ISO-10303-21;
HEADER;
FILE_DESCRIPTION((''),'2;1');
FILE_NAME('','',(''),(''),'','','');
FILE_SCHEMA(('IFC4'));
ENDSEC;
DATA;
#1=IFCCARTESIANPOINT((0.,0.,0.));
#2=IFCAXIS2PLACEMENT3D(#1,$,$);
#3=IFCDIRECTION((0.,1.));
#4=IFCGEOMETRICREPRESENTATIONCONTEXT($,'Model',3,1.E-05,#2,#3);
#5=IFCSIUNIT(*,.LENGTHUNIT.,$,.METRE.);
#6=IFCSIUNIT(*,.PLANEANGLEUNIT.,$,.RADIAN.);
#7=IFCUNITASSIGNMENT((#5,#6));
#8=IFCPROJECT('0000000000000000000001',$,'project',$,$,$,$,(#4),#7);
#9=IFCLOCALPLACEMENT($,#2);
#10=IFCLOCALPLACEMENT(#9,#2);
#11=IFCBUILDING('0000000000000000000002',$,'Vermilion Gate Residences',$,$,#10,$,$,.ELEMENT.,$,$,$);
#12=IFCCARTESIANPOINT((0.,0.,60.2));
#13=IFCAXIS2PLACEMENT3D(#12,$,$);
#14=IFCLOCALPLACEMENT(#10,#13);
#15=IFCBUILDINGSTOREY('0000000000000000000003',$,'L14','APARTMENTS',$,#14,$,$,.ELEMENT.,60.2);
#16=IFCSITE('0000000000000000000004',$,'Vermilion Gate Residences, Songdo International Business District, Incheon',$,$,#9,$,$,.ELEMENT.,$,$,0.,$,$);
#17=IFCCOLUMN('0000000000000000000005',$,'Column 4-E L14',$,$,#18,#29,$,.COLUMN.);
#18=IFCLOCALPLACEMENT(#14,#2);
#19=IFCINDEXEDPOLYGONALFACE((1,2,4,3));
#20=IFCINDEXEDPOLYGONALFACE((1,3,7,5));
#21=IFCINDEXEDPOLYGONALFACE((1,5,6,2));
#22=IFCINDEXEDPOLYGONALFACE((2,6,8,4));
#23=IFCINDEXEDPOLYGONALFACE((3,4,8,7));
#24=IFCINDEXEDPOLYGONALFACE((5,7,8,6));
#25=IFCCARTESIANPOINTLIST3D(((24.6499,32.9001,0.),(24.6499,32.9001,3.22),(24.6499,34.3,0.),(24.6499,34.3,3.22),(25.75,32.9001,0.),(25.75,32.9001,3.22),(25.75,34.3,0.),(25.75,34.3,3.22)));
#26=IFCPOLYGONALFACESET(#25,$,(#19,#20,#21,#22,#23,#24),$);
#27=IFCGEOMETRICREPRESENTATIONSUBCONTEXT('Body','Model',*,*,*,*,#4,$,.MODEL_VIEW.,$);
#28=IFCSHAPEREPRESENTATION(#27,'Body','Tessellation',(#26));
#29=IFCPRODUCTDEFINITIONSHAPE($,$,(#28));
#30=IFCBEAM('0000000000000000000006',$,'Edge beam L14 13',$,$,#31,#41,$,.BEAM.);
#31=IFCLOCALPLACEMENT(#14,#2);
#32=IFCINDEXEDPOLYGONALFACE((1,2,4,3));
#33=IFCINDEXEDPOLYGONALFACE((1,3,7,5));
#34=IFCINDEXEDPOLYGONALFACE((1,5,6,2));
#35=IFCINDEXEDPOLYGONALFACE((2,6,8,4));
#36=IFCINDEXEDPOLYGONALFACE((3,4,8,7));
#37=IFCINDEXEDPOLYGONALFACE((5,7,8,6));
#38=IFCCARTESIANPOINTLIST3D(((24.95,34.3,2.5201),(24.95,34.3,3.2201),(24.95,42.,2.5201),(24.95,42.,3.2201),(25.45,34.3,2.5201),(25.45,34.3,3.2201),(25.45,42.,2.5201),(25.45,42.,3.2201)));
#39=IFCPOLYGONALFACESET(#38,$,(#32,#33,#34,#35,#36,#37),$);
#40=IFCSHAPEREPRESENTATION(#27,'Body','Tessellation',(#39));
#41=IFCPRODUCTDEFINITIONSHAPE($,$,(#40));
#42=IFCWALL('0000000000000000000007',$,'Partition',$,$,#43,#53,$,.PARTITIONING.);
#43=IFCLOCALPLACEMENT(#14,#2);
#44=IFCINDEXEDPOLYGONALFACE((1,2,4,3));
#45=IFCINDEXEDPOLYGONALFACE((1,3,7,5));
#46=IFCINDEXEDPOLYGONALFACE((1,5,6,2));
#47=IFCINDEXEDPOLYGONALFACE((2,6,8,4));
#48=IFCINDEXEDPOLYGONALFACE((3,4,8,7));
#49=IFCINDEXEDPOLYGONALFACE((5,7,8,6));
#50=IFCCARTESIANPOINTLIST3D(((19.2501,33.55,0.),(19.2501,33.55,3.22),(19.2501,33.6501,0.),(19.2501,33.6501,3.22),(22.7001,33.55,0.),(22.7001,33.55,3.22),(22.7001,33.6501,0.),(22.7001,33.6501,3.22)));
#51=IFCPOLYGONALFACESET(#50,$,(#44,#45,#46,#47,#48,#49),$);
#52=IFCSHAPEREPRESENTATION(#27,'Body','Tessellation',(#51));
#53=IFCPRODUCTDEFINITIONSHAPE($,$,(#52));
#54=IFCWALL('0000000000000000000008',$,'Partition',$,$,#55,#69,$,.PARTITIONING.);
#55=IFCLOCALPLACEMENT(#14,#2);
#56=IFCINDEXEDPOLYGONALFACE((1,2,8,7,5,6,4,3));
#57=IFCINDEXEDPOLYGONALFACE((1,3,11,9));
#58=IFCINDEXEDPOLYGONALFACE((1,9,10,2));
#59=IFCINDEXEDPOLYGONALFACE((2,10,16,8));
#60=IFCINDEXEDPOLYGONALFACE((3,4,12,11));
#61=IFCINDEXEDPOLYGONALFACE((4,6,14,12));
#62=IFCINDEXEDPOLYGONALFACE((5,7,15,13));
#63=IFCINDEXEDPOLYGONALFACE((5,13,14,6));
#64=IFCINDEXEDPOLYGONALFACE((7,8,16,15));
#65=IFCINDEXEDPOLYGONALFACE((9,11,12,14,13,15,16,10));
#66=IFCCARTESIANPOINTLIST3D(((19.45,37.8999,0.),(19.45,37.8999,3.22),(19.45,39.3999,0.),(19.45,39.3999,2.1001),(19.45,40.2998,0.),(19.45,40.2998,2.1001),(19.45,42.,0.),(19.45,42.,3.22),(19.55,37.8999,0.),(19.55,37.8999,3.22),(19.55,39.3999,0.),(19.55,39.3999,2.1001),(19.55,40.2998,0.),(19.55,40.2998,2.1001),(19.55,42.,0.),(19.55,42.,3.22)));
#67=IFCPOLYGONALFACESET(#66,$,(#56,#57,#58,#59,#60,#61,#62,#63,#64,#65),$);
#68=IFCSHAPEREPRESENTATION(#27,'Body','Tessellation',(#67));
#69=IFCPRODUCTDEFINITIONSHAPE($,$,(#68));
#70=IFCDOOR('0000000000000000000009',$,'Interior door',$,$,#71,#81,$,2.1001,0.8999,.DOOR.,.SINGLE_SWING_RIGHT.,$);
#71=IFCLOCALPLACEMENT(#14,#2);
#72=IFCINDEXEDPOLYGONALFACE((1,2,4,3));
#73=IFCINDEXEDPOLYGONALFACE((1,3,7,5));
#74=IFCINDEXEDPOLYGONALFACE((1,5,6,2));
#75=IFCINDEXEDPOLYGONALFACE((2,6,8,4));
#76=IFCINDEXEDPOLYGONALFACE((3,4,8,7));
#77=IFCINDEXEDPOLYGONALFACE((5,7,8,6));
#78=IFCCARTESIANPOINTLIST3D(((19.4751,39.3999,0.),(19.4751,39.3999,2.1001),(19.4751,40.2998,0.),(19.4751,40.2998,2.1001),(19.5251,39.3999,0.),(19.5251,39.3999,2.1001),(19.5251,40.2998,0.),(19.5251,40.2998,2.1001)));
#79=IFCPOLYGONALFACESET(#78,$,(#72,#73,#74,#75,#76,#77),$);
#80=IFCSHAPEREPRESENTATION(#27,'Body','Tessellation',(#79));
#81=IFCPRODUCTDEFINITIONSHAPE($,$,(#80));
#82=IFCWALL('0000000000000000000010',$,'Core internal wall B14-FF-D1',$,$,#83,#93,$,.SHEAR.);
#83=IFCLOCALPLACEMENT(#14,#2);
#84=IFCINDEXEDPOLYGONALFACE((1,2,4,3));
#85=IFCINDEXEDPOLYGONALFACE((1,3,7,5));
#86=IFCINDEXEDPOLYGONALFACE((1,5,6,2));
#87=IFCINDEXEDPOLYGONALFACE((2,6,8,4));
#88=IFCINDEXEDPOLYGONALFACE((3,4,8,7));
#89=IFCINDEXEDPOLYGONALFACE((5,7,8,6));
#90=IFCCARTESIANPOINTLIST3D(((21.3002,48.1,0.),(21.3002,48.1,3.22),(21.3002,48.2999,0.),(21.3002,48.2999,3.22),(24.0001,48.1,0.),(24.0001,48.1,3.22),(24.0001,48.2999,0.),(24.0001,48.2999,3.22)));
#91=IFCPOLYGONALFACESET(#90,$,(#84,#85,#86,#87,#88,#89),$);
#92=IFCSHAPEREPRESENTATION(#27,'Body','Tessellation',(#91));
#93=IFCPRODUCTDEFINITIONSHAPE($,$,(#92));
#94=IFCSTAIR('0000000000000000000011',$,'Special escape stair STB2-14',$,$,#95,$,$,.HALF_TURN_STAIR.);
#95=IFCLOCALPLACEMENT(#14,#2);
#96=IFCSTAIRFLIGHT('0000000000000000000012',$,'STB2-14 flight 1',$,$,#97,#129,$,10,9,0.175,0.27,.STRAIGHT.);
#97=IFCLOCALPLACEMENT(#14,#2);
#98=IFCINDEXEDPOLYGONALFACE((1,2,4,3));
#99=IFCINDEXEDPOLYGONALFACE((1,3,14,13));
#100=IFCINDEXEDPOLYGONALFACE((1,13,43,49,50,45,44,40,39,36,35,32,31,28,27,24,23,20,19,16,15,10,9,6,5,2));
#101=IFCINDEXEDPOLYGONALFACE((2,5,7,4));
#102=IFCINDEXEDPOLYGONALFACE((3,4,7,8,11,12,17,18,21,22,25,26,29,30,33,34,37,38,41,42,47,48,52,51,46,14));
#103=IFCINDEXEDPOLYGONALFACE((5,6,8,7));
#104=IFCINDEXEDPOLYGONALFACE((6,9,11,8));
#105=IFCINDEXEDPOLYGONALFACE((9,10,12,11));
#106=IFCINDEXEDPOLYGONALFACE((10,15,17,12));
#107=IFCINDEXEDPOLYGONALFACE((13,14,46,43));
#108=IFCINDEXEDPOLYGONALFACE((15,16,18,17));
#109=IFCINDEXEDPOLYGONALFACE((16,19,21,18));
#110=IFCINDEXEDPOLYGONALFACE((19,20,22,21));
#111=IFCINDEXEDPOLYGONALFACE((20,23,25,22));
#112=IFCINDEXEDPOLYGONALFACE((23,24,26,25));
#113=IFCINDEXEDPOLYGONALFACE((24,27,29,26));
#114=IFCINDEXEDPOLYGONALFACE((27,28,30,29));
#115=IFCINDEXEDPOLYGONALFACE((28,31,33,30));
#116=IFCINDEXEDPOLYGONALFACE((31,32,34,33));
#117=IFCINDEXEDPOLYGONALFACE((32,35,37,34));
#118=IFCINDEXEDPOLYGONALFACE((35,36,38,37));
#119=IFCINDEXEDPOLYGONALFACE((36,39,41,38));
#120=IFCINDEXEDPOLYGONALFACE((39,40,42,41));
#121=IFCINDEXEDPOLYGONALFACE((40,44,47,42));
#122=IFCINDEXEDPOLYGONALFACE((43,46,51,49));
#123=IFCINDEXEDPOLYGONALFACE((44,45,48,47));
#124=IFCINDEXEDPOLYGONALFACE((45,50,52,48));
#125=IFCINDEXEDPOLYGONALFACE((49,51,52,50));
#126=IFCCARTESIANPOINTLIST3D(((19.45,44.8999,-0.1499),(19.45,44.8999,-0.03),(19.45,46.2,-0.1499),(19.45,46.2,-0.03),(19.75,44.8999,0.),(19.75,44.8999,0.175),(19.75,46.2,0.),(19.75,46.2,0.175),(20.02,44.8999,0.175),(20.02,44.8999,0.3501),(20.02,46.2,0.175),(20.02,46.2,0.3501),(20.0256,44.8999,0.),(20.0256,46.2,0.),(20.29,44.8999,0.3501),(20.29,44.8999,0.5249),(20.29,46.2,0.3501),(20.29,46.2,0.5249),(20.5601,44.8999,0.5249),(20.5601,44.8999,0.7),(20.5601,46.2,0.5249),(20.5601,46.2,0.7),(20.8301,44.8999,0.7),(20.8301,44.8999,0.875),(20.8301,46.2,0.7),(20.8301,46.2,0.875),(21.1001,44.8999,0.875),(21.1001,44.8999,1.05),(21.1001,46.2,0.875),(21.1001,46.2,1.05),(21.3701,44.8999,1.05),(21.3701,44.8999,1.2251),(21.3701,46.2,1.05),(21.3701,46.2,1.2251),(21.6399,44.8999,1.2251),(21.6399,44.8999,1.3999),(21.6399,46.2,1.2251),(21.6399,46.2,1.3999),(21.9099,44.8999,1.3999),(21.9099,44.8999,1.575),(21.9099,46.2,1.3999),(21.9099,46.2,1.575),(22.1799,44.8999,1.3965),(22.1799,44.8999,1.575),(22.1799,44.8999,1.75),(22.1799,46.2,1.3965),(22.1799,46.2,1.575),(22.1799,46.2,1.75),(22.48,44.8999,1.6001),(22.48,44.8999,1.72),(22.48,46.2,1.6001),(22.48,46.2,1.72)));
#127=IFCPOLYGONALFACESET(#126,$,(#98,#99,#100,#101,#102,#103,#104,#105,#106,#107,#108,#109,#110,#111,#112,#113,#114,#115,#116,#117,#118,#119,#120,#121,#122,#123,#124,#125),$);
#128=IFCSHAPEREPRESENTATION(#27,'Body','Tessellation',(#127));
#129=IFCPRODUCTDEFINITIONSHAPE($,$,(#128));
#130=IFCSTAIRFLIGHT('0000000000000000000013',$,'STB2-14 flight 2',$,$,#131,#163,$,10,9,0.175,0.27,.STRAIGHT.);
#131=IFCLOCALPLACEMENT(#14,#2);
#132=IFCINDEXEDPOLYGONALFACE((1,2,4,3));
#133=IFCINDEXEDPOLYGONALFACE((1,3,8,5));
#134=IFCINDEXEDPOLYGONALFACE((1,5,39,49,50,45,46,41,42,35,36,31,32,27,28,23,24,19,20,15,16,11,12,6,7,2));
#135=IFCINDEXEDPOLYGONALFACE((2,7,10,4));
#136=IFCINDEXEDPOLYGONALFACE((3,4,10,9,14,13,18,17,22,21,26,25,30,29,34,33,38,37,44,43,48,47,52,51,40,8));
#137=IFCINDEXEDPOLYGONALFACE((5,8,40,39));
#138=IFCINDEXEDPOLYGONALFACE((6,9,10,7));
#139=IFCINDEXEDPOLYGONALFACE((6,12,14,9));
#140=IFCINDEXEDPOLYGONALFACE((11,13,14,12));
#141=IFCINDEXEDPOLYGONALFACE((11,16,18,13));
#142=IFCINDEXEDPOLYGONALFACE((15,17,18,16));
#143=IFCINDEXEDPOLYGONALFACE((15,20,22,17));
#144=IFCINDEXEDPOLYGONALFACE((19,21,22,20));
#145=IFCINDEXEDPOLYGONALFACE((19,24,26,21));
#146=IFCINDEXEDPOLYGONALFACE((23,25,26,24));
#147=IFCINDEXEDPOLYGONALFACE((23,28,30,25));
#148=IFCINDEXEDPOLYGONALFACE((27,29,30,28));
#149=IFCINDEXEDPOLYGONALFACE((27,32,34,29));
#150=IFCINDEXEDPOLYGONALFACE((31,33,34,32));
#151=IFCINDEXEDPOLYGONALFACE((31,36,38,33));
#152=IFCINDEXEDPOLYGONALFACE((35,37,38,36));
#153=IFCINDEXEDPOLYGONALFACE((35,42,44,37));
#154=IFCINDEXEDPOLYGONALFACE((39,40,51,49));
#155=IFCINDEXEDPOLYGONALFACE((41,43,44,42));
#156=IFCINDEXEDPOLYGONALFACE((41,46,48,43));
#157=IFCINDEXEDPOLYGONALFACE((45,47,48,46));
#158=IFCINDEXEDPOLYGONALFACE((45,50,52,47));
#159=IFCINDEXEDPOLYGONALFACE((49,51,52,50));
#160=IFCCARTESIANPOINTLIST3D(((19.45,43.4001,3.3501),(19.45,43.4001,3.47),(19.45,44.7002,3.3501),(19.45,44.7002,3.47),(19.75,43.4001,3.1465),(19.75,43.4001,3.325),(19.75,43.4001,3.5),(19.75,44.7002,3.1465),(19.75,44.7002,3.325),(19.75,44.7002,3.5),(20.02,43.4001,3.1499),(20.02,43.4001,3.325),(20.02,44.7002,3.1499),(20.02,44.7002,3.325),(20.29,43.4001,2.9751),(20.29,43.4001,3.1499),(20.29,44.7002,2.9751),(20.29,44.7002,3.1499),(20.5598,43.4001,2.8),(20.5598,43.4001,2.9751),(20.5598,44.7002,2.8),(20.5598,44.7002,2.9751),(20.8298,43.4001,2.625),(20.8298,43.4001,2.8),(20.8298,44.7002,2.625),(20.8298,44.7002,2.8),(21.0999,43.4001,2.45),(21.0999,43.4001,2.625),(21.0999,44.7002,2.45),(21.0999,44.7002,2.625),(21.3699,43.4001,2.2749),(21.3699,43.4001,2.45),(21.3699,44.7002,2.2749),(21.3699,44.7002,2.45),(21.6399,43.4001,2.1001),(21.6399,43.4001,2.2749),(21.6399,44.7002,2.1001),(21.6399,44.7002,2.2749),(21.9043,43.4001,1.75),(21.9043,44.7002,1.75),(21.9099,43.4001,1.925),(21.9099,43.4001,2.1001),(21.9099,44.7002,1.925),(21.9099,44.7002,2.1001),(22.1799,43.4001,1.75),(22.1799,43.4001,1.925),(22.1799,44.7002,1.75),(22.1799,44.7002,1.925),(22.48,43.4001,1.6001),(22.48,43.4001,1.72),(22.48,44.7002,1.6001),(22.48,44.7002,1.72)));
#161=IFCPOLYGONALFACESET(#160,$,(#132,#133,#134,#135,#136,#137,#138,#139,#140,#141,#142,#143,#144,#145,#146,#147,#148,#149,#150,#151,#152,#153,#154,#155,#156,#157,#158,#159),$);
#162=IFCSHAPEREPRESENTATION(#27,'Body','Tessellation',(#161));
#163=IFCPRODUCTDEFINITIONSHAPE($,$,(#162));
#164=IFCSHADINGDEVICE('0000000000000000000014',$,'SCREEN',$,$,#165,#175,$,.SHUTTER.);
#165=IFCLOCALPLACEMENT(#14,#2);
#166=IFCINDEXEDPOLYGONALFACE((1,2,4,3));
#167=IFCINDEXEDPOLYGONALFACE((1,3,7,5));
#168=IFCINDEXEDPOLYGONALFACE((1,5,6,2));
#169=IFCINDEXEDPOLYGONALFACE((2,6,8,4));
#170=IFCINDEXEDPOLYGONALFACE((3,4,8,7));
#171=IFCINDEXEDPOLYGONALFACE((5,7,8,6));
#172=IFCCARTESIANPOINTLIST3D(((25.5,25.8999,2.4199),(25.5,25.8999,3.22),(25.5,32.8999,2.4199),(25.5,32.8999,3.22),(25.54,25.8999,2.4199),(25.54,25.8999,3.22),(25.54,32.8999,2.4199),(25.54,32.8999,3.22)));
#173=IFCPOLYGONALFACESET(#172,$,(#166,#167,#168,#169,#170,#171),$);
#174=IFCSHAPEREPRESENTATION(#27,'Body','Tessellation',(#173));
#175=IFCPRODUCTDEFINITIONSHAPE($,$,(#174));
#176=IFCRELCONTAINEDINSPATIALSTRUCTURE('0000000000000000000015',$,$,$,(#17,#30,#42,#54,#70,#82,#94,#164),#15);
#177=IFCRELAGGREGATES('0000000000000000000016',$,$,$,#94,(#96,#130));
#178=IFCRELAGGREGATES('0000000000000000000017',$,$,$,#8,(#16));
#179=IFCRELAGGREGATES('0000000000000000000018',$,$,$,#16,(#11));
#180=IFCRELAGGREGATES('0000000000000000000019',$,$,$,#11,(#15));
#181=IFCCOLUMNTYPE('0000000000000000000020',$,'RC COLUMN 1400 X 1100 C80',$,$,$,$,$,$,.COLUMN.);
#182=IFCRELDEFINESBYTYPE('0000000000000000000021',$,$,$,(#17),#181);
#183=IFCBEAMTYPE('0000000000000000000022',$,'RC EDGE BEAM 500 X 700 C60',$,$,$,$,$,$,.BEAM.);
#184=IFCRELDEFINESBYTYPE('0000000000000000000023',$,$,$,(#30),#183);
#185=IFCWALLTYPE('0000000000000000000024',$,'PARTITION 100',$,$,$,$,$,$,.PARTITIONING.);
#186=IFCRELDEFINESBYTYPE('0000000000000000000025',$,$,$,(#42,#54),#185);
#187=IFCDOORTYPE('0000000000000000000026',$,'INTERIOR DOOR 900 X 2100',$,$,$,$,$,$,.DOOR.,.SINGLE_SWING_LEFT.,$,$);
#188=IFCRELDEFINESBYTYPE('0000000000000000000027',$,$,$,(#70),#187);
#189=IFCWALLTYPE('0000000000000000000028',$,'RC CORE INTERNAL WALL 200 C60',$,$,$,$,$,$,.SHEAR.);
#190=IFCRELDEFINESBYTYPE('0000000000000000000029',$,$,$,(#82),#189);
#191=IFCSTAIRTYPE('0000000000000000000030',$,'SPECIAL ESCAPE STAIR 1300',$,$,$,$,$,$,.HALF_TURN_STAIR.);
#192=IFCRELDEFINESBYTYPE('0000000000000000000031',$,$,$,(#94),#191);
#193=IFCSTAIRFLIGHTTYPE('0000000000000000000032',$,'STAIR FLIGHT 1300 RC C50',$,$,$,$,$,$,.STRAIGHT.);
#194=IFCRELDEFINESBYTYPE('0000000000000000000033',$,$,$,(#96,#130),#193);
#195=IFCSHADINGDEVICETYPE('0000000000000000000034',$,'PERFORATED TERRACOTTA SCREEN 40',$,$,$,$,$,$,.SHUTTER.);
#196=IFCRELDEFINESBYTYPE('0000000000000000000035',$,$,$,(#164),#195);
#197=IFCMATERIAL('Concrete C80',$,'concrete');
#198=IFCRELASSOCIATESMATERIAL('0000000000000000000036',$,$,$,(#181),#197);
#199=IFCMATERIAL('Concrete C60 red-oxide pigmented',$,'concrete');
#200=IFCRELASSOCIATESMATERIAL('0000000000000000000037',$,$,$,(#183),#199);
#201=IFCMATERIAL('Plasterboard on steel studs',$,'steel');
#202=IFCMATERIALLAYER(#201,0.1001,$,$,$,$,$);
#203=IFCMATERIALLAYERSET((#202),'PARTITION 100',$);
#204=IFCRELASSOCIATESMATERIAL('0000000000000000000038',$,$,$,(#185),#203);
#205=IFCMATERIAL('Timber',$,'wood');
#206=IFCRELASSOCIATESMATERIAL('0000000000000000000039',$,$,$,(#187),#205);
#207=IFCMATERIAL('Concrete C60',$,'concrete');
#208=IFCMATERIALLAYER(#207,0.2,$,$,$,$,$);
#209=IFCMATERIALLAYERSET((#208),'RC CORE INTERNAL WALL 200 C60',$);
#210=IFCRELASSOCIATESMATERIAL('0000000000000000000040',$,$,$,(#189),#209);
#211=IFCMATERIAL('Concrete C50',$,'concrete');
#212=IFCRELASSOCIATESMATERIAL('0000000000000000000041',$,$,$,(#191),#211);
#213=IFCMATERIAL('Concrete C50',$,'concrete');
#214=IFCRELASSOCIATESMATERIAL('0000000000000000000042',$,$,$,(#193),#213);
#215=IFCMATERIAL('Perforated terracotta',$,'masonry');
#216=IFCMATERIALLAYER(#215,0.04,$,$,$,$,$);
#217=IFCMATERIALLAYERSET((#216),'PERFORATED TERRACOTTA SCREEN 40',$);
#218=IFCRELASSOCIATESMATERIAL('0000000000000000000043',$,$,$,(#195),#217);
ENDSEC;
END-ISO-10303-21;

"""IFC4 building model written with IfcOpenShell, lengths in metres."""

from ifc_helpers import new_model, si_unit, direction, frame, frame_2d, origin, origin_2d, place, context, subcontext, project, spatial, polyline, rectangle, outline, extrude, material, layer, layer_set, material_profile, profile_set, type_object, element, fill, aggregate, save


model = new_model("IFC4")

# Units and contexts
model_context = context("Model", 3, precision=1e-05, world=origin(), true_north=direction((0.0, 1.0)))
body_context = subcontext(model_context, "Body", "Model", "MODEL_VIEW")
ifc_project = project(units=[si_unit("LENGTHUNIT", "METRE"), si_unit("PLANEANGLEUNIT", "RADIAN")], contexts=[model_context])

# Site, building, storey
site_placement = place(None, origin())
site = spatial("IfcSite", under=ifc_project, at=site_placement, Name="Vermilion Gate Residences, Songdo International Business District, Incheon", CompositionType="ELEMENT", RefElevation=0.0)
building_placement = place(site_placement, origin())
building = spatial("IfcBuilding", under=site, at=building_placement, Name="Vermilion Gate Residences", CompositionType="ELEMENT")
storey_placement = place(building_placement, frame((0.0, 0.0, 60.2)))
storey = spatial("IfcBuildingStorey", under=building, at=storey_placement, Name="L14", Description="APARTMENTS", CompositionType="ELEMENT", Elevation=60.2)

# Column
ifc_material_1 = material(Name="Concrete C80", Category="concrete")
ifc_material_profile_1 = material_profile(ifc_material_1, rectangle(XDim=1.3999, YDim=1.1001, at=origin_2d()), Name="RC-1400x1100")
ifc_profile_set_1 = profile_set([ifc_material_profile_1], Name="Concrete C80")
column_type = type_object("IfcColumnType", Name="RC COLUMN 1400 X 1100 C80", PredefinedType="COLUMN", material=ifc_profile_set_1)
column_placement = place(storey_placement, frame((25.2, 33.6001, 0.0), z_axis=(0.0, 0.0, 1.0), x_axis=(0.0, 1.0, 0.0)))
element("IfcColumn", 1, at=column_placement, inside=storey, type_object=column_type, Name="Column 4-E L14", PredefinedType="COLUMN", context=body_context, shape_type="SweptSolid", body=[
    extrude(rectangle(XDim=1.3999, YDim=1.1001, at=origin_2d()), origin(), (0.0, 0.0, 1.0), 3.22),
])

# Beam
ifc_material_2 = material(Name="Concrete C60 red-oxide pigmented", Category="concrete")
ifc_material_profile_2 = material_profile(ifc_material_2, rectangle(XDim=0.5, YDim=0.7, at=origin_2d()), Name="RC-500x700")
ifc_profile_set_2 = profile_set([ifc_material_profile_2], Name="Concrete C60 red-oxide pigmented")
beam_type = type_object("IfcBeamType", Name="RC EDGE BEAM 500 X 700 C60", PredefinedType="BEAM", material=ifc_profile_set_2)
beam_placement = place(storey_placement, frame((25.2, 34.3, 2.8701), z_axis=(0.0, 1.0, 0.0), x_axis=(-1.0, 0.0, 0.0)))
element("IfcBeam", 2, at=beam_placement, inside=storey, type_object=beam_type, Name="Edge beam L14 13", PredefinedType="BEAM", context=body_context, shape_type="SweptSolid", body=[
    extrude(rectangle(XDim=0.5, YDim=0.7, at=origin_2d()), origin(), (0.0, 0.0, 1.0), 7.7),
])

# Wall
ifc_material_3 = material(Name="Plasterboard on steel studs", Category="steel")
ifc_layer_1 = layer(ifc_material_3, 0.1001)
ifc_layer_set_1 = layer_set([ifc_layer_1], Name="PARTITION 100")
wall_type_1 = type_object("IfcWallType", Name="PARTITION 100", PredefinedType="PARTITIONING", material=ifc_layer_set_1)
wall_1_placement = place(storey_placement, frame((19.25, 33.6001, 0.0), z_axis=(0.0, 0.0, 1.0), x_axis=(1.0, 0.0, 0.0)))
element("IfcWall", 3, at=wall_1_placement, inside=storey, type_object=wall_type_1, Name="Partition", PredefinedType="PARTITIONING", context=body_context, shape_type="SweptSolid", body=[
    extrude(rectangle(XDim=3.45, YDim=0.1001, at=frame_2d((1.7251, 0.0))), origin(), (0.0, 0.0, 1.0), 3.22),
])

# Wall, opening, door
wall_2_placement = place(storey_placement, frame((19.5, 37.8999, 0.0), z_axis=(0.0, 0.0, 1.0), x_axis=(0.0, 1.0, 0.0)))
wall_2 = element("IfcWall", 4, at=wall_2_placement, inside=storey, type_object=wall_type_1, Name="Partition", PredefinedType="PARTITIONING", context=body_context, shape_type="SweptSolid", body=[
    extrude(rectangle(XDim=4.1001, YDim=0.1001, at=frame_2d((2.05, 0.0))), origin(), (0.0, 0.0, 1.0), 3.22),
])
opening_placement = place(wall_2_placement, frame((1.5, 0.0, 0.0)))
opening = element("IfcOpeningElement", 5, at=opening_placement, cuts=wall_2, PredefinedType="OPENING", context=body_context, shape_type="SweptSolid", body=[
    extrude(rectangle(XDim=0.8999, YDim=2.1001, at=frame_2d((0.45, 1.05))), frame((0.0, 0.0601, 0.0), z_axis=(0.0, -1.0, 0.0), x_axis=(1.0, 0.0, 0.0)), (0.0, 0.0, 1.0), 0.1201),
])
ifc_material_4 = material(Name="Timber", Category="wood")
door_type = type_object("IfcDoorType", Name="INTERIOR DOOR 900 X 2100", OperationType="SINGLE_SWING_LEFT", PredefinedType="DOOR", material=ifc_material_4)
door_placement = place(opening_placement, origin())
door = element("IfcDoor", 6, at=door_placement, inside=storey, type_object=door_type, Name="Interior door", OperationType="SINGLE_SWING_RIGHT", OverallHeight=2.1001, OverallWidth=0.8999, PredefinedType="DOOR", context=body_context, shape_type="SweptSolid", body=[
    extrude(rectangle(XDim=0.8999, YDim=2.1001, at=frame_2d((0.45, 1.05))), frame((0.0, 0.0249, 0.0), z_axis=(0.0, -1.0, 0.0), x_axis=(1.0, 0.0, 0.0)), (0.0, 0.0, 1.0), 0.05),
])
fill(opening, door)

# Wall
ifc_material_5 = material(Name="Concrete C60", Category="concrete")
ifc_layer_2 = layer(ifc_material_5, 0.2)
ifc_layer_set_2 = layer_set([ifc_layer_2], Name="RC CORE INTERNAL WALL 200 C60")
wall_type_2 = type_object("IfcWallType", Name="RC CORE INTERNAL WALL 200 C60", PredefinedType="SHEAR", material=ifc_layer_set_2)
wall_3_placement = place(storey_placement, frame((21.3, 48.2, 0.0), z_axis=(0.0, 0.0, 1.0), x_axis=(1.0, 0.0, 0.0)))
element("IfcWall", 7, at=wall_3_placement, inside=storey, type_object=wall_type_2, Name="Core internal wall B14-FF-D1", PredefinedType="SHEAR", context=body_context, shape_type="SweptSolid", body=[
    extrude(rectangle(XDim=2.7, YDim=0.2, at=frame_2d((1.3501, 0.0))), origin(), (0.0, 0.0, 1.0), 3.22),
])

# Stair, stair flights
ifc_material_6 = material(Name="Concrete C50", Category="concrete")
stair_type = type_object("IfcStairType", Name="SPECIAL ESCAPE STAIR 1300", PredefinedType="HALF_TURN_STAIR", material=ifc_material_6)
stair_placement = place(storey_placement, origin())
stair = element("IfcStair", 8, at=stair_placement, inside=storey, type_object=stair_type, Name="Special escape stair STB2-14", PredefinedType="HALF_TURN_STAIR")
ifc_material_7 = material(Name="Concrete C50", Category="concrete")
stair_flight_type = type_object("IfcStairFlightType", Name="STAIR FLIGHT 1300 RC C50", PredefinedType="STRAIGHT", material=ifc_material_7)
stair_flight_1_placement = place(storey_placement, frame((19.75, 45.55, 0.0), z_axis=(0.0, 0.0, 1.0), x_axis=(1.0, 0.0, 0.0)))
stair_flight_1 = element("IfcStairFlight", 9, at=stair_flight_1_placement, type_object=stair_flight_type, Name="STB2-14 flight 1", NumberOfRisers=10, NumberOfTreads=9, PredefinedType="STRAIGHT", RiserHeight=0.175, TreadLength=0.27, context=body_context, shape_type="SweptSolid", body=[
    extrude(outline(polyline([(-0.3, -0.1499), (-0.3, -0.03), (0.0, 0.0), (0.0, 0.175), (0.27, 0.175), (0.27, 0.3501), (0.54, 0.3501), (0.54, 0.5249), (0.8101, 0.5249), (0.8101, 0.7), (1.0801, 0.7), (1.0801, 0.875), (1.3501, 0.875), (1.3501, 1.05), (1.6201, 1.05), (1.6201, 1.2251), (1.8899, 1.2251), (1.8899, 1.3999), (2.1599, 1.3999), (2.1599, 1.575), (2.4299, 1.575), (2.4299, 1.75), (2.73, 1.72), (2.73, 1.6001), (2.4299, 1.3965), (0.2756, 0.0), (-0.3, -0.1499)])), frame((0.0, 0.6499, 0.0), z_axis=(0.0, -1.0, 0.0), x_axis=(1.0, 0.0, 0.0)), (0.0, 0.0, 1.0), 1.3),
])
stair_flight_2_placement = place(storey_placement, frame((22.1799, 44.05, 1.75), z_axis=(0.0, 0.0, 1.0), x_axis=(-1.0, 0.0, 0.0)))
stair_flight_2 = element("IfcStairFlight", 10, at=stair_flight_2_placement, type_object=stair_flight_type, Name="STB2-14 flight 2", NumberOfRisers=10, NumberOfTreads=9, PredefinedType="STRAIGHT", RiserHeight=0.175, TreadLength=0.27, context=body_context, shape_type="SweptSolid", body=[
    extrude(outline(polyline([(-0.3, -0.1499), (-0.3, -0.03), (0.0, 0.0), (0.0, 0.175), (0.27, 0.175), (0.27, 0.3501), (0.54, 0.3501), (0.54, 0.5249), (0.8101, 0.5249), (0.8101, 0.7), (1.0801, 0.7), (1.0801, 0.875), (1.3501, 0.875), (1.3501, 1.05), (1.6201, 1.05), (1.6201, 1.2251), (1.8899, 1.2251), (1.8899, 1.3999), (2.1599, 1.3999), (2.1599, 1.575), (2.4299, 1.575), (2.4299, 1.75), (2.73, 1.72), (2.73, 1.6001), (2.4299, 1.3965), (0.2756, 0.0), (-0.3, -0.1499)])), frame((0.0, 0.6499, 0.0), z_axis=(0.0, -1.0, 0.0), x_axis=(1.0, 0.0, 0.0)), (0.0, 0.0, 1.0), 1.3),
])
aggregate(stair, [stair_flight_1, stair_flight_2])

# Shading device
ifc_material_8 = material(Name="Perforated terracotta", Category="masonry")
ifc_layer_3 = layer(ifc_material_8, 0.04)
ifc_layer_set_3 = layer_set([ifc_layer_3], Name="PERFORATED TERRACOTTA SCREEN 40")
shading_device_type_1 = type_object("IfcShadingDeviceType", Name="PERFORATED TERRACOTTA SCREEN 40", PredefinedType="SHUTTER", material=ifc_layer_set_3)
shading_device_1_placement = place(storey_placement, frame((25.52, 29.3999, 2.4199), z_axis=(0.0, 0.0, 1.0), x_axis=(0.0, 1.0, 0.0)))
element("IfcShadingDevice", 11, at=shading_device_1_placement, inside=storey, type_object=shading_device_type_1, Name="SCREEN", PredefinedType="SHUTTER", context=body_context, shape_type="SweptSolid", body=[
    extrude(rectangle(XDim=7.0, YDim=0.04, at=origin_2d()), origin(), (0.0, 0.0, 1.0), 0.8),
])

save(model, "model.ifc")
